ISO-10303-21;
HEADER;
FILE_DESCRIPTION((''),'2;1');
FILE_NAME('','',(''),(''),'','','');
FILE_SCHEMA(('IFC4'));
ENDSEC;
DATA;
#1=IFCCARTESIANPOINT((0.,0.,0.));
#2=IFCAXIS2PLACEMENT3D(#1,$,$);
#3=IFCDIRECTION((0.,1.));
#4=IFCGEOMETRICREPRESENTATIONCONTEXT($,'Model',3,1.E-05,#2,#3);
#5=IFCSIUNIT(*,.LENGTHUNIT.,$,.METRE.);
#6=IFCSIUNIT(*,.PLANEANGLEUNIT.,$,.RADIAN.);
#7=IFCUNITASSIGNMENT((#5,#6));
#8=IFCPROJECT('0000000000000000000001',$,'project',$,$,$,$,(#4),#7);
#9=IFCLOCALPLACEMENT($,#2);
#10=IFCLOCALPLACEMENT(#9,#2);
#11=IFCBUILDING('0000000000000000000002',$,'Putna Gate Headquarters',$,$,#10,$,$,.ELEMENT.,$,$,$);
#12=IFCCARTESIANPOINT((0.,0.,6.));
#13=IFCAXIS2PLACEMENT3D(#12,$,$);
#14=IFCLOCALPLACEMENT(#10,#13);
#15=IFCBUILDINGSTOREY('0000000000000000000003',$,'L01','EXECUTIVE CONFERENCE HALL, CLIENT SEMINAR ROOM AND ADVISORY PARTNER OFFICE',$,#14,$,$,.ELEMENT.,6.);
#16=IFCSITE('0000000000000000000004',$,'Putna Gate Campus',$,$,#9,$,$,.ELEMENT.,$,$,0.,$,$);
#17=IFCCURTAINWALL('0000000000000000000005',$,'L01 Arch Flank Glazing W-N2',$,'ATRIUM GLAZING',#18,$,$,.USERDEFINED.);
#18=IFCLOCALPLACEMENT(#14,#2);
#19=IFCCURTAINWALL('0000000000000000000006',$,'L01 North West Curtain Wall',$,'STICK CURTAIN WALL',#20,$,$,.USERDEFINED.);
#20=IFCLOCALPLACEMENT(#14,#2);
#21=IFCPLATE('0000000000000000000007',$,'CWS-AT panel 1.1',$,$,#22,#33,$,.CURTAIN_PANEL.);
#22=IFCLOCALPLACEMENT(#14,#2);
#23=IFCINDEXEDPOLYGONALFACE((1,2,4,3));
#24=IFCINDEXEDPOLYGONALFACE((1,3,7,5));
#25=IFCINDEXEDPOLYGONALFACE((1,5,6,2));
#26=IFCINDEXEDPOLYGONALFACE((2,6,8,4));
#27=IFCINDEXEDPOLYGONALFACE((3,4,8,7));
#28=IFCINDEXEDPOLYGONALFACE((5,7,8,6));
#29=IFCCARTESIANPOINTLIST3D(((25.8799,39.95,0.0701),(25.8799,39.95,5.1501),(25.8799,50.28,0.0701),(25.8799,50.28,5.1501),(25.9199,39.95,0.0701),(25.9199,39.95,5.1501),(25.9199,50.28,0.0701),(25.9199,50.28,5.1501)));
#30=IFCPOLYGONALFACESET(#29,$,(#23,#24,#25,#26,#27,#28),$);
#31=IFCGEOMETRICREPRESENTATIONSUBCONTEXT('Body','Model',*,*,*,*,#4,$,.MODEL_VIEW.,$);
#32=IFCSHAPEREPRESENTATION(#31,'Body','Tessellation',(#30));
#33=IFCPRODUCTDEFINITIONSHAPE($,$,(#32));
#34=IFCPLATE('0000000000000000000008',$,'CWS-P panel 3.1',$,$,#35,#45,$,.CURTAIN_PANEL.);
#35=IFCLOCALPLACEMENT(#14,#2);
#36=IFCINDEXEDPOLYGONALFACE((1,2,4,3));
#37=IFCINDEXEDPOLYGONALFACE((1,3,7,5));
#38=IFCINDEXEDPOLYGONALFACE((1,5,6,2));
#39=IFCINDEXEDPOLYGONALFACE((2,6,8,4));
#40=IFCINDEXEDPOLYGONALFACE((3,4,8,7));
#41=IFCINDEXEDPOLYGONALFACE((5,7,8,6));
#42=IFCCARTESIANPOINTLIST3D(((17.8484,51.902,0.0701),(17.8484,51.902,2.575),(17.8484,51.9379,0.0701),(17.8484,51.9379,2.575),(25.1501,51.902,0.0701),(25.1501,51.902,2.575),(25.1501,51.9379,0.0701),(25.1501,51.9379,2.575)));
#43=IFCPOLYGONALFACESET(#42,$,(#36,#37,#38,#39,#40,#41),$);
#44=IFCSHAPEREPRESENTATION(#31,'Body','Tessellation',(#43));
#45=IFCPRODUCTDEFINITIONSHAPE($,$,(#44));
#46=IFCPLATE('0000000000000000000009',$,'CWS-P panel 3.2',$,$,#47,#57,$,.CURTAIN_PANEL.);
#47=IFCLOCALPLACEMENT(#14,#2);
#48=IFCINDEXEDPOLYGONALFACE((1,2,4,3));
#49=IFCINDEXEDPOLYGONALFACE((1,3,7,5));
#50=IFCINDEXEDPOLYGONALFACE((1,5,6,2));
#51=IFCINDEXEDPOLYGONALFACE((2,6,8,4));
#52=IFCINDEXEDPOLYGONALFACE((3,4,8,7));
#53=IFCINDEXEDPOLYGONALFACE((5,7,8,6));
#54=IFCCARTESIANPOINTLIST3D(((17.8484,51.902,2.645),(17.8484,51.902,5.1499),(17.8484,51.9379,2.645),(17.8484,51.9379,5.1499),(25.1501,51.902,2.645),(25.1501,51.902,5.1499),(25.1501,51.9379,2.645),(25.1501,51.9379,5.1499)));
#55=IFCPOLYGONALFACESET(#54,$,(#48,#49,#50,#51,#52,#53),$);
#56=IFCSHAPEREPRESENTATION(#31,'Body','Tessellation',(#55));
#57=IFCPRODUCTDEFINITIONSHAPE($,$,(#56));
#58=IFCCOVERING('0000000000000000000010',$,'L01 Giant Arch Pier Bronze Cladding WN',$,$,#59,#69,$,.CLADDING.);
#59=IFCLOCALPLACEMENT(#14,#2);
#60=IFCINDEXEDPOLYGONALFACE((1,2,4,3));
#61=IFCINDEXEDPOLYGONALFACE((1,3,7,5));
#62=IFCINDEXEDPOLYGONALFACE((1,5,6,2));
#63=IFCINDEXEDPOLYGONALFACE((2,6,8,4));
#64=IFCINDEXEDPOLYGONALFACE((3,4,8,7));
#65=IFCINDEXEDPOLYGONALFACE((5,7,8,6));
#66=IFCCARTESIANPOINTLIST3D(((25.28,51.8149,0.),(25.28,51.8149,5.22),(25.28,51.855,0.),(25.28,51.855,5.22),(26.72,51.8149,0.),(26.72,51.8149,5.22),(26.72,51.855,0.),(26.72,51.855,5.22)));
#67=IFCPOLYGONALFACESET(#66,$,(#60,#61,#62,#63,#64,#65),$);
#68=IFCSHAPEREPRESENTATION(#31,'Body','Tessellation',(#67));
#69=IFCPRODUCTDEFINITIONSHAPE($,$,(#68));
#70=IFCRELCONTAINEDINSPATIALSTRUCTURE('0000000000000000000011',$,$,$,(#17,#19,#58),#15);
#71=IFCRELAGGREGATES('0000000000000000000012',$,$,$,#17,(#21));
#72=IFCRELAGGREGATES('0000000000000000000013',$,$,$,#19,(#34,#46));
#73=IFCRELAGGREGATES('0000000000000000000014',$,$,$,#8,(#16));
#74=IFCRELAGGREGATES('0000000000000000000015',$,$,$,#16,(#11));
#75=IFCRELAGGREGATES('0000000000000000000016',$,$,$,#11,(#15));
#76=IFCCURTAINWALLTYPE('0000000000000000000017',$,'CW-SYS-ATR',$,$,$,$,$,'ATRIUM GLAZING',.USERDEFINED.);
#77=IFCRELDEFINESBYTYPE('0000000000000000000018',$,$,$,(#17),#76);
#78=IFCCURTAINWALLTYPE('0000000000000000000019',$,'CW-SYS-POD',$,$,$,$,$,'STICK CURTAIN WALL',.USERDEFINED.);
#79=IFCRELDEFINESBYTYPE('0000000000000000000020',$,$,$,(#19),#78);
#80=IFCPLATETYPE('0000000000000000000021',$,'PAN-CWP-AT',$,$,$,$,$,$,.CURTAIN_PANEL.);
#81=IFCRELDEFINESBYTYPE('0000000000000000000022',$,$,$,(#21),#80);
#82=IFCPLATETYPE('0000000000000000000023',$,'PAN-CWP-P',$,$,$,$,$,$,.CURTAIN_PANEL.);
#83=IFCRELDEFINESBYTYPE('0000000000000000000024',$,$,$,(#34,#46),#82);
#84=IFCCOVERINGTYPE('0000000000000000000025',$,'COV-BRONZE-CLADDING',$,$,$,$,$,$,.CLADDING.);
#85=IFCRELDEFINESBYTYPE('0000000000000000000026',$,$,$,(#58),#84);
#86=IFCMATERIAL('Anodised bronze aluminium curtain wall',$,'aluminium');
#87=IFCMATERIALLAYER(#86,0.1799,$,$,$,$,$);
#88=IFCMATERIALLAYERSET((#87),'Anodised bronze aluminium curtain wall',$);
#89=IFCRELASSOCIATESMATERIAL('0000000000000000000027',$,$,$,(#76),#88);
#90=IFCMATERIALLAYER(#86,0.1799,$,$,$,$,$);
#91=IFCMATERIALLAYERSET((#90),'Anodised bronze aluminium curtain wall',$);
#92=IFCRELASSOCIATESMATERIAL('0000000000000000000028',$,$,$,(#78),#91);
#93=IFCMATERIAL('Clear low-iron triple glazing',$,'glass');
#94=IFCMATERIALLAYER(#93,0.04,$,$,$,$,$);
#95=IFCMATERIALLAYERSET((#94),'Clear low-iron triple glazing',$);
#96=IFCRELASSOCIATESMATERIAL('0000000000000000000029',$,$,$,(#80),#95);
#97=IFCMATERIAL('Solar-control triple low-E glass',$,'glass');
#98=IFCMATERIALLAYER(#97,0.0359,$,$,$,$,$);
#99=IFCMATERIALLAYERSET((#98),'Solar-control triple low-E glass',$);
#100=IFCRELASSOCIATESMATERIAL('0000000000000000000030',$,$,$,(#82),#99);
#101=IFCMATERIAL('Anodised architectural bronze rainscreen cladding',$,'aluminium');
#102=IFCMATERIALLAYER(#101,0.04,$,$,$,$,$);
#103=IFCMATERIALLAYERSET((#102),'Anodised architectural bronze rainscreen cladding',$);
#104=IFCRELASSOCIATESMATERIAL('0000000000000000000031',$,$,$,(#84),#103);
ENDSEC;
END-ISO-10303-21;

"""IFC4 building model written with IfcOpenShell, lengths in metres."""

from ifc_helpers import new_model, si_unit, direction, frame, origin, origin_2d, place, context, subcontext, project, spatial, rectangle, extrude, material, layer, layer_set, type_object, element, aggregate, save


model = new_model("IFC4")

# Units and contexts
model_context = context("Model", 3, precision=1e-05, world=origin(), true_north=direction((0.0, 1.0)))
body_context = subcontext(model_context, "Body", "Model", "MODEL_VIEW")
ifc_project = project(units=[si_unit("LENGTHUNIT", "METRE"), si_unit("PLANEANGLEUNIT", "RADIAN")], contexts=[model_context])

# Site, building, storey
site_placement = place(None, origin())
site = spatial("IfcSite", under=ifc_project, at=site_placement, Name="Putna Gate Campus", CompositionType="ELEMENT", RefElevation=0.0)
building_placement = place(site_placement, origin())
building = spatial("IfcBuilding", under=site, at=building_placement, Name="Putna Gate Headquarters", CompositionType="ELEMENT")
storey_placement = place(building_placement, frame((0.0, 0.0, 6.0)))
storey = spatial("IfcBuildingStorey", under=building, at=storey_placement, Name="L01", Description="EXECUTIVE CONFERENCE HALL, CLIENT SEMINAR ROOM AND ADVISORY PARTNER OFFICE", CompositionType="ELEMENT", Elevation=6.0)

# Curtain wall
ifc_material_1 = material(Name="Anodised bronze aluminium curtain wall", Category="aluminium")
ifc_layer_1 = layer(ifc_material_1, 0.1799)
ifc_layer_set_1 = layer_set([ifc_layer_1], Name="Anodised bronze aluminium curtain wall")
curtain_wall_type_1 = type_object("IfcCurtainWallType", Name="CW-SYS-ATR", ElementType="ATRIUM GLAZING", PredefinedType="USERDEFINED", material=ifc_layer_set_1)
curtain_wall_1_placement = place(storey_placement, origin())
curtain_wall_1 = element("IfcCurtainWall", 1, at=curtain_wall_1_placement, inside=storey, type_object=curtain_wall_type_1, Name="L01 Arch Flank Glazing W-N2", ObjectType="ATRIUM GLAZING", PredefinedType="USERDEFINED")

# Curtain wall
ifc_layer_2 = layer(ifc_material_1, 0.1799)
ifc_layer_set_2 = layer_set([ifc_layer_2], Name="Anodised bronze aluminium curtain wall")
curtain_wall_type_2 = type_object("IfcCurtainWallType", Name="CW-SYS-POD", ElementType="STICK CURTAIN WALL", PredefinedType="USERDEFINED", material=ifc_layer_set_2)
curtain_wall_2_placement = place(storey_placement, origin())
curtain_wall_2 = element("IfcCurtainWall", 2, at=curtain_wall_2_placement, inside=storey, type_object=curtain_wall_type_2, Name="L01 North West Curtain Wall", ObjectType="STICK CURTAIN WALL", PredefinedType="USERDEFINED")

# Plates
ifc_material_2 = material(Name="Clear low-iron triple glazing", Category="glass")
ifc_layer_3 = layer(ifc_material_2, 0.04)
ifc_layer_set_3 = layer_set([ifc_layer_3], Name="Clear low-iron triple glazing")
plate_type_1 = type_object("IfcPlateType", Name="PAN-CWP-AT", PredefinedType="CURTAIN_PANEL", material=ifc_layer_set_3)
plate_1_placement = place(storey_placement, frame((25.8999, 45.115, 0.0701), z_axis=(0.0, 0.0, 1.0), x_axis=(0.0, 1.0, 0.0)))
plate_1 = element("IfcPlate", 3, at=plate_1_placement, type_object=plate_type_1, Name="CWS-AT panel 1.1", PredefinedType="CURTAIN_PANEL", context=body_context, shape_type="SweptSolid", body=[
    extrude(rectangle(XDim=10.3301, YDim=0.04, at=origin_2d()), origin(), (0.0, 0.0, 1.0), 5.0801),
])
aggregate(curtain_wall_1, [plate_1])
ifc_material_3 = material(Name="Solar-control triple low-E glass", Category="glass")
ifc_layer_4 = layer(ifc_material_3, 0.0359)
ifc_layer_set_4 = layer_set([ifc_layer_4], Name="Solar-control triple low-E glass")
plate_type_2 = type_object("IfcPlateType", Name="PAN-CWP-P", PredefinedType="CURTAIN_PANEL", material=ifc_layer_set_4)
plate_2_placement = place(storey_placement, frame((21.4993, 51.9199, 0.0701), z_axis=(0.0, 0.0, 1.0), x_axis=(1.0, 0.0, 0.0)))
plate_2 = element("IfcPlate", 4, at=plate_2_placement, type_object=plate_type_2, Name="CWS-P panel 3.1", PredefinedType="CURTAIN_PANEL", context=body_context, shape_type="SweptSolid", body=[
    extrude(rectangle(XDim=7.3018, YDim=0.0359, at=origin_2d()), origin(), (0.0, 0.0, 1.0), 2.5049),
])
plate_3_placement = place(storey_placement, frame((21.4993, 51.9199, 2.645), z_axis=(0.0, 0.0, 1.0), x_axis=(1.0, 0.0, 0.0)))
plate_3 = element("IfcPlate", 5, at=plate_3_placement, type_object=plate_type_2, Name="CWS-P panel 3.2", PredefinedType="CURTAIN_PANEL", context=body_context, shape_type="SweptSolid", body=[
    extrude(rectangle(XDim=7.3018, YDim=0.0359, at=origin_2d()), origin(), (0.0, 0.0, 1.0), 2.5049),
])
aggregate(curtain_wall_2, [plate_2, plate_3])

# Covering
ifc_material_4 = material(Name="Anodised architectural bronze rainscreen cladding", Category="aluminium")
ifc_layer_5 = layer(ifc_material_4, 0.04)
ifc_layer_set_5 = layer_set([ifc_layer_5], Name="Anodised architectural bronze rainscreen cladding")
covering_type = type_object("IfcCoveringType", Name="COV-BRONZE-CLADDING", PredefinedType="CLADDING", material=ifc_layer_set_5)
covering_placement = place(storey_placement, frame((26.0, 51.835, 0.0), z_axis=(0.0, 0.0, 1.0), x_axis=(1.0, 0.0, 0.0)))
element("IfcCovering", 6, at=covering_placement, inside=storey, type_object=covering_type, Name="L01 Giant Arch Pier Bronze Cladding WN", PredefinedType="CLADDING", context=body_context, shape_type="SweptSolid", body=[
    extrude(rectangle(XDim=1.4399, YDim=0.04, at=origin_2d()), origin(), (0.0, 0.0, 1.0), 5.22),
])

save(model, "model.ifc")
